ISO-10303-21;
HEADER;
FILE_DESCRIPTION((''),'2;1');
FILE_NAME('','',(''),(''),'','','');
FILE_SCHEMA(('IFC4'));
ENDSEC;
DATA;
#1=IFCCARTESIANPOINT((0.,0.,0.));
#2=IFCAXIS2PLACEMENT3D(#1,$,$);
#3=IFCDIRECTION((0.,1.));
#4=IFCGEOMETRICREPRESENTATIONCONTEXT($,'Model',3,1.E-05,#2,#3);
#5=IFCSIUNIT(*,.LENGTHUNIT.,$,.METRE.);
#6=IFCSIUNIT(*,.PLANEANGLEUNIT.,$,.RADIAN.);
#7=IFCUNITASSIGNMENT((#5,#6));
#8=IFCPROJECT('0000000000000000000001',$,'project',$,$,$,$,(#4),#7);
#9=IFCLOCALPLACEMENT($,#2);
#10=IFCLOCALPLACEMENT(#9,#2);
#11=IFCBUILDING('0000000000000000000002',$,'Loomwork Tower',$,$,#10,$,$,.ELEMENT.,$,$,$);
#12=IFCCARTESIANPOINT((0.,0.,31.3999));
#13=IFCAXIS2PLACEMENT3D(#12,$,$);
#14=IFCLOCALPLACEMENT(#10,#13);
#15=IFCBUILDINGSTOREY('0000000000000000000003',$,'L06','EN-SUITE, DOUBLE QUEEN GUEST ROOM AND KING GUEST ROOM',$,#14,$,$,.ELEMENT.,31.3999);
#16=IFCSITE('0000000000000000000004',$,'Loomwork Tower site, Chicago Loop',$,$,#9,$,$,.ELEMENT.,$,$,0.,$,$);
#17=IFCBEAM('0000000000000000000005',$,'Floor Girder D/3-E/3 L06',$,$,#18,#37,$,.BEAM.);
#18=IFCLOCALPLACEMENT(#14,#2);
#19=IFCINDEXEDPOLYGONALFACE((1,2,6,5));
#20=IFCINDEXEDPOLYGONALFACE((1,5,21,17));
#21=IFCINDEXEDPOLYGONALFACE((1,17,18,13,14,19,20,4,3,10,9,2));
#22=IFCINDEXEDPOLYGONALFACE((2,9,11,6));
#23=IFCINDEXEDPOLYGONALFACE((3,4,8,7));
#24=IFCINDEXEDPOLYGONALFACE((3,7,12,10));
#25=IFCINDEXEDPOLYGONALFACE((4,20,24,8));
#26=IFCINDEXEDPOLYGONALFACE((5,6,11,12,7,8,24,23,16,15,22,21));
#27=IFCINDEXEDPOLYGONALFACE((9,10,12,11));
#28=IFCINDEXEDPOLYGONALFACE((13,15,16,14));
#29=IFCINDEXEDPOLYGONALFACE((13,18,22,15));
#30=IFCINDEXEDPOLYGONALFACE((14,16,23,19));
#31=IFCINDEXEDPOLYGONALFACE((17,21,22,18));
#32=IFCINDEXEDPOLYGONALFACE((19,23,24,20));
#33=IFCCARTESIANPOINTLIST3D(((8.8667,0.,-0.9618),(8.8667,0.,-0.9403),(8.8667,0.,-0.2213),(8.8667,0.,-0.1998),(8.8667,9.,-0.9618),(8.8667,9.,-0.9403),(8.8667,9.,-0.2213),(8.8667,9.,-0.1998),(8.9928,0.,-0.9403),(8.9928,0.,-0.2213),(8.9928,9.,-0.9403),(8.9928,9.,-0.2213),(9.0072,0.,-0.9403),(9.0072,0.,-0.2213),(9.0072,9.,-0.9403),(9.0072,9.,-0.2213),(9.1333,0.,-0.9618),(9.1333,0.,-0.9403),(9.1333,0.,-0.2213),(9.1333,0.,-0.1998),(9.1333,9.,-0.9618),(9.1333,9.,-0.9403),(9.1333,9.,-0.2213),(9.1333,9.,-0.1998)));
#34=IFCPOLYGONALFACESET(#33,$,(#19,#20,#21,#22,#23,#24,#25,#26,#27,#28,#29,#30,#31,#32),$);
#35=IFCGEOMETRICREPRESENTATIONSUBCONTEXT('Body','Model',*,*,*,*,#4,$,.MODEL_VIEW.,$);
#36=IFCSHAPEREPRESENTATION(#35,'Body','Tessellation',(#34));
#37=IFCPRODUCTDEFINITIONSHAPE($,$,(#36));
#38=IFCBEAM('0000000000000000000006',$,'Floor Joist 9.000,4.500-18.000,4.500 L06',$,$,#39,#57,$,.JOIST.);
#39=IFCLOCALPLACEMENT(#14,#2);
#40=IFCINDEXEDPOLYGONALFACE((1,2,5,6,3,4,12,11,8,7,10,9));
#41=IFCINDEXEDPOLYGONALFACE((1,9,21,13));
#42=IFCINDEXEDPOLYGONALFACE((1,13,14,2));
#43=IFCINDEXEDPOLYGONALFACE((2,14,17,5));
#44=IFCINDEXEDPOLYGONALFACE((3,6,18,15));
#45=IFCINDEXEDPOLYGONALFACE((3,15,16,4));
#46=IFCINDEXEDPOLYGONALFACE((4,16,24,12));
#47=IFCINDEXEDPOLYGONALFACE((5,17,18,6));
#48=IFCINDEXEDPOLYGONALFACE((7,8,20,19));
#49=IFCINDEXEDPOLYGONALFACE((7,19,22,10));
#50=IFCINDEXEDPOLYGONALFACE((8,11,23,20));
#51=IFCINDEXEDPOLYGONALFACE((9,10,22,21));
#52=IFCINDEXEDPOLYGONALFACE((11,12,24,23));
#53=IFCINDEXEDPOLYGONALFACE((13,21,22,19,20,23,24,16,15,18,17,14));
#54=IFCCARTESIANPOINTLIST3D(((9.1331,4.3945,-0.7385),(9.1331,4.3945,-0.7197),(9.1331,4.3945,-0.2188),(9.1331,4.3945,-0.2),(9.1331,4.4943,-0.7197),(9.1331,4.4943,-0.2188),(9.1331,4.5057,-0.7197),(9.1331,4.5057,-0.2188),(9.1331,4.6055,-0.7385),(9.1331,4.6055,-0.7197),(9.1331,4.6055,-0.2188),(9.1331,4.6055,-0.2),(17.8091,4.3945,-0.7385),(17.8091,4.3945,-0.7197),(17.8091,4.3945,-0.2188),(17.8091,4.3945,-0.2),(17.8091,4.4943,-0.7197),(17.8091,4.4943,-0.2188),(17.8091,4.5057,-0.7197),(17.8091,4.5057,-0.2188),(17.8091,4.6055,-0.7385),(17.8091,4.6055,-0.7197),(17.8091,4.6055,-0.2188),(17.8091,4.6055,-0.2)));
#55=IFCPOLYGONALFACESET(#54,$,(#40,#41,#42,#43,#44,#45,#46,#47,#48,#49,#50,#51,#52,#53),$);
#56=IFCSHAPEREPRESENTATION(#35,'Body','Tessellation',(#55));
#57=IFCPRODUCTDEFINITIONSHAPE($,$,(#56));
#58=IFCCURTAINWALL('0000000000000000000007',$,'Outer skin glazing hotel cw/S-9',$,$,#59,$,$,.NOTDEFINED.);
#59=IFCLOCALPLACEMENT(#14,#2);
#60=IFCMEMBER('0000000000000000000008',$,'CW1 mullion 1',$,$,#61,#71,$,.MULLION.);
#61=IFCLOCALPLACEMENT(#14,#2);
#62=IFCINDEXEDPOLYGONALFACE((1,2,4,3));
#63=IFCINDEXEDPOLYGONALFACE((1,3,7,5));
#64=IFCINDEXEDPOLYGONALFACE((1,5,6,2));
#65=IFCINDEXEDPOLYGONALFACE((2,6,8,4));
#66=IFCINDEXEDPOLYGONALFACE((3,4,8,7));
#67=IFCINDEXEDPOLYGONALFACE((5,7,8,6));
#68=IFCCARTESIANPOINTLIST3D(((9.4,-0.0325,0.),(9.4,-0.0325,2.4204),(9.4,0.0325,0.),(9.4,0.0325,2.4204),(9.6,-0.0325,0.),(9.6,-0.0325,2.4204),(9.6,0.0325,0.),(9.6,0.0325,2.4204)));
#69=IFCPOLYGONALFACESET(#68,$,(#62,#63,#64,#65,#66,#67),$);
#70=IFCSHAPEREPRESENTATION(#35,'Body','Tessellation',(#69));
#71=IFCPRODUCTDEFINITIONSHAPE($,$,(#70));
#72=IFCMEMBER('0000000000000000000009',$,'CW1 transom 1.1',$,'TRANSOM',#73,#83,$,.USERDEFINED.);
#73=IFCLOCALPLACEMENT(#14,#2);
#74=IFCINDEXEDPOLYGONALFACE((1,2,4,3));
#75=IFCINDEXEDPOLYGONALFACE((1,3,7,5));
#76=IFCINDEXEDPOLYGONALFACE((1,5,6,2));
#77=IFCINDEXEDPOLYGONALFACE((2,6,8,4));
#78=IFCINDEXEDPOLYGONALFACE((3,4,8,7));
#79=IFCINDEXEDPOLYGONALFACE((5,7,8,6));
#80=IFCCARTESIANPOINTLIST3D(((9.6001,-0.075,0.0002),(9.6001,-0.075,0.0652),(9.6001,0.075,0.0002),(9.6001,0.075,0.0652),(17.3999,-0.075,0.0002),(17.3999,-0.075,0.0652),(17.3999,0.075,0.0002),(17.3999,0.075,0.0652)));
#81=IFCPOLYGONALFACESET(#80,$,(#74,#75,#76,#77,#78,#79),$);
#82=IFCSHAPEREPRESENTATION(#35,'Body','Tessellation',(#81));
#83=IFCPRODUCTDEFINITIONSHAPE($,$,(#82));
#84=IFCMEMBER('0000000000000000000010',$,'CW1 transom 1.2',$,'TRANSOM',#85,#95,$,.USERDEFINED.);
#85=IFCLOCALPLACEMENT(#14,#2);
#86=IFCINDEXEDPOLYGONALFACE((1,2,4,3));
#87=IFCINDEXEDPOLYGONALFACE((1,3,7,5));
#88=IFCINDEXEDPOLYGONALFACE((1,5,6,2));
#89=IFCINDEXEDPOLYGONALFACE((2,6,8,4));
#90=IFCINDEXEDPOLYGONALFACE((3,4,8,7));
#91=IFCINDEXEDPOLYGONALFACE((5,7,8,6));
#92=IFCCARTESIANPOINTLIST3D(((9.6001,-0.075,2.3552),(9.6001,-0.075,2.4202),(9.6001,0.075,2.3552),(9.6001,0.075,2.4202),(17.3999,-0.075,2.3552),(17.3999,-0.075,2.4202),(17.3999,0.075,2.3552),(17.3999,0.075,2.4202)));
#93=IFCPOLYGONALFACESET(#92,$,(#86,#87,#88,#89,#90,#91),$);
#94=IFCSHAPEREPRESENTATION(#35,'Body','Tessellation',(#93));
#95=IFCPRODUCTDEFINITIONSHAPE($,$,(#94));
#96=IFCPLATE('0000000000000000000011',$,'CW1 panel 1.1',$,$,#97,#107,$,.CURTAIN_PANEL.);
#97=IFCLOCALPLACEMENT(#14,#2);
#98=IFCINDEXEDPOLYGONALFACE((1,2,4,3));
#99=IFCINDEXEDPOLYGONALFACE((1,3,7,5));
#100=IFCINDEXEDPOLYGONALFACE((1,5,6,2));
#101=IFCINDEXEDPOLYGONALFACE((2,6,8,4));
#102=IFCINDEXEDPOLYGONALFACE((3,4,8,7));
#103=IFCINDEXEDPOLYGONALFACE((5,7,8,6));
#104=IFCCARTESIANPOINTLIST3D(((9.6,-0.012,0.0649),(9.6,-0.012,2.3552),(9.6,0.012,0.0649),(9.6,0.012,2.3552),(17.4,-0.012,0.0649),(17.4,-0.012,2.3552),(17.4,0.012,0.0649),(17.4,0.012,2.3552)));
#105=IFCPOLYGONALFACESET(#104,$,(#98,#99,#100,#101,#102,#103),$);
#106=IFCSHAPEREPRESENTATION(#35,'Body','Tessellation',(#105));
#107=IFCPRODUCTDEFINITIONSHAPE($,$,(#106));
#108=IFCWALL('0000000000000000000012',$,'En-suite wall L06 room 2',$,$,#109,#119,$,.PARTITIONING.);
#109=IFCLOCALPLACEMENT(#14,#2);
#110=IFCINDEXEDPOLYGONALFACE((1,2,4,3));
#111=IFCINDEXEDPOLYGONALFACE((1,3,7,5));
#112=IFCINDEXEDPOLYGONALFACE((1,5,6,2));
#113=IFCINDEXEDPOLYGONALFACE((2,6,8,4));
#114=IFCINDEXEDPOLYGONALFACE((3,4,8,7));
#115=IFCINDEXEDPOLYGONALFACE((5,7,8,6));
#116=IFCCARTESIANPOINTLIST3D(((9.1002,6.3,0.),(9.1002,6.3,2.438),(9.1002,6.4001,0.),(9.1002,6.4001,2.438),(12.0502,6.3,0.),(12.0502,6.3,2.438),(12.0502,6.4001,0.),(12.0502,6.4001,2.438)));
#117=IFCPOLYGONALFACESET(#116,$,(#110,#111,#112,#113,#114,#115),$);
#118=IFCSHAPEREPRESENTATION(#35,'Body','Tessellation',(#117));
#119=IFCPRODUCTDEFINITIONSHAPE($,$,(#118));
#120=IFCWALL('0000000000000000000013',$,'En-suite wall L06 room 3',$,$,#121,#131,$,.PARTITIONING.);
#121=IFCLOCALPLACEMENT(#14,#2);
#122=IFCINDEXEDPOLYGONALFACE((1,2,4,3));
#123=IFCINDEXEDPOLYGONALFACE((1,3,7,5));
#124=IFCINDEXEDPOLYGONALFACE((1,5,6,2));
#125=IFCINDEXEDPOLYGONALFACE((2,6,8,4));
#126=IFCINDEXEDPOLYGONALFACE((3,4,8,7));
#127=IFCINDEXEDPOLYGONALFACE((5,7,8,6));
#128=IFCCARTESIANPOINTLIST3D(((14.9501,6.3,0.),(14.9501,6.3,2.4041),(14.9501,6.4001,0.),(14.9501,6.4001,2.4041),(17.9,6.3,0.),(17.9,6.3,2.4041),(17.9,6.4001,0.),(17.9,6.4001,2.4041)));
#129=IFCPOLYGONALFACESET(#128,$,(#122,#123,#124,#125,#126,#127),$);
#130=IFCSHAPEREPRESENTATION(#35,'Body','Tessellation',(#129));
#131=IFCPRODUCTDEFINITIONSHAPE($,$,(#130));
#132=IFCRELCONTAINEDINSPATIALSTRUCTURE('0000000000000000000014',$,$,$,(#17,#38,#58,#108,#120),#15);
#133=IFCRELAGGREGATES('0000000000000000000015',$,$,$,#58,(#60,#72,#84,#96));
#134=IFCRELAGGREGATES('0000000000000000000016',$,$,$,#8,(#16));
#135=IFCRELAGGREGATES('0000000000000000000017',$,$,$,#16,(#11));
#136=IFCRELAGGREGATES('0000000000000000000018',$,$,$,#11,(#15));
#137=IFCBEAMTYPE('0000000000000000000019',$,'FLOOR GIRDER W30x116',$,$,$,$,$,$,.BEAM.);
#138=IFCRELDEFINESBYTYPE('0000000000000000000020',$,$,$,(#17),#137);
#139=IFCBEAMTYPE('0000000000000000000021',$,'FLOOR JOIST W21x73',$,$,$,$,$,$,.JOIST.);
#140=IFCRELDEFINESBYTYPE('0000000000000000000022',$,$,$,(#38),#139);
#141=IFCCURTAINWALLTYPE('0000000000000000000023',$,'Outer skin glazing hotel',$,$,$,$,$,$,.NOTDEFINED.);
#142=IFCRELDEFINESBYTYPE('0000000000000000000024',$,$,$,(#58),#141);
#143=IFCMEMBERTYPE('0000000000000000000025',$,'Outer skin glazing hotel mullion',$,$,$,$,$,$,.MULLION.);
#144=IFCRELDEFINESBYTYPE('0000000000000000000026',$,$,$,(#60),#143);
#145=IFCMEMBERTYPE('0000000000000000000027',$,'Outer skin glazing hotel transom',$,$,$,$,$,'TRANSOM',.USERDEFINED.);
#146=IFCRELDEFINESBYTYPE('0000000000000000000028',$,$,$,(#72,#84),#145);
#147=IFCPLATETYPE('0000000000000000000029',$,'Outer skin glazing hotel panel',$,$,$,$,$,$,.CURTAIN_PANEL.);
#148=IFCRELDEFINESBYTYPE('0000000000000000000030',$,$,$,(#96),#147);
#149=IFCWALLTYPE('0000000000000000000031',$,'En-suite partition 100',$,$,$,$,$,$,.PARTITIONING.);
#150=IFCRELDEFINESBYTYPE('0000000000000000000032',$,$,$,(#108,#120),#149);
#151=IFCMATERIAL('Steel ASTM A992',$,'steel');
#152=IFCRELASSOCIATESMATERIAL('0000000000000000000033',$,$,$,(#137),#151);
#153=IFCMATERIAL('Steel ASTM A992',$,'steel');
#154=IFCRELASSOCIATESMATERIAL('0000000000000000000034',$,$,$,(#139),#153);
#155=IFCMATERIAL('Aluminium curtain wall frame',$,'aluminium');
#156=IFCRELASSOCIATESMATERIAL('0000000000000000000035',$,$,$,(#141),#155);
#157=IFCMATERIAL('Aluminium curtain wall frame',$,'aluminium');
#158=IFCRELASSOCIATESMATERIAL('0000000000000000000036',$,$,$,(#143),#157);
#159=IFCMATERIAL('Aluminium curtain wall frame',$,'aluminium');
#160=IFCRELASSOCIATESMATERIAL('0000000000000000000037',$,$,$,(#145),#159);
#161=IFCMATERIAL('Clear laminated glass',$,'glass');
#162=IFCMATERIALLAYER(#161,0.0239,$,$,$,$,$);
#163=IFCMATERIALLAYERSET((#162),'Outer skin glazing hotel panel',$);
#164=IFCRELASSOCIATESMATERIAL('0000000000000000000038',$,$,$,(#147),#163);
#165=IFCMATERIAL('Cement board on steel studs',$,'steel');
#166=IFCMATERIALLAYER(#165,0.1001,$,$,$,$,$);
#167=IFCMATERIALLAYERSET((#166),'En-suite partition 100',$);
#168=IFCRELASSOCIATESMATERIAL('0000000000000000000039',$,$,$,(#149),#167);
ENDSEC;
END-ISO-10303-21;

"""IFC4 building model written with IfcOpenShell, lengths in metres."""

from ifc_helpers import new_model, si_unit, direction, frame, frame_2d, origin, origin_2d, place, context, subcontext, project, spatial, rectangle, i_section, extrude, material, layer, layer_set, material_profile, profile_set, type_object, element, aggregate, save


model = new_model("IFC4")

# Units and contexts
model_context = context("Model", 3, precision=1e-05, world=origin(), true_north=direction((0.0, 1.0)))
body_context = subcontext(model_context, "Body", "Model", "MODEL_VIEW")
ifc_project = project(units=[si_unit("LENGTHUNIT", "METRE"), si_unit("PLANEANGLEUNIT", "RADIAN")], contexts=[model_context])

# Site, building, storey
site_placement = place(None, origin())
site = spatial("IfcSite", under=ifc_project, at=site_placement, Name="Loomwork Tower site, Chicago Loop", CompositionType="ELEMENT", RefElevation=0.0)
building_placement = place(site_placement, origin())
building = spatial("IfcBuilding", under=site, at=building_placement, Name="Loomwork Tower", CompositionType="ELEMENT")
storey_placement = place(building_placement, frame((0.0, 0.0, 31.3999)))
storey = spatial("IfcBuildingStorey", under=building, at=storey_placement, Name="L06", Description="EN-SUITE, DOUBLE QUEEN GUEST ROOM AND KING GUEST ROOM", CompositionType="ELEMENT", Elevation=31.3999)

# Beams
ifc_material_1 = material(Name="Steel ASTM A992", Category="steel")
ifc_material_profile_1 = material_profile(ifc_material_1, i_section(OverallWidth=0.2666, OverallDepth=0.762, WebThickness=0.0144, FlangeThickness=0.0215, at=origin_2d()), Name="W30x116")
ifc_profile_set_1 = profile_set([ifc_material_profile_1], Name="Steel ASTM A992")
beam_type_1 = type_object("IfcBeamType", Name="FLOOR GIRDER W30x116", PredefinedType="BEAM", material=ifc_profile_set_1)
beam_1_placement = place(storey_placement, frame((9.0, 0.0, -0.5808), z_axis=(0.0, 1.0, 0.0), x_axis=(-1.0, 0.0, 0.0)))
element("IfcBeam", 1, at=beam_1_placement, inside=storey, type_object=beam_type_1, Name="Floor Girder D/3-E/3 L06", PredefinedType="BEAM", context=body_context, shape_type="SweptSolid", body=[
    extrude(i_section(OverallWidth=0.2666, OverallDepth=0.762, WebThickness=0.0144, FlangeThickness=0.0215, at=origin_2d()), origin(), (0.0, 0.0, 1.0), 9.0),
])
ifc_material_2 = material(Name="Steel ASTM A992", Category="steel")
ifc_material_profile_2 = material_profile(ifc_material_2, i_section(OverallWidth=0.2109, OverallDepth=0.5386, WebThickness=0.0115, FlangeThickness=0.0188, at=origin_2d()), Name="W21x73")
ifc_profile_set_2 = profile_set([ifc_material_profile_2], Name="Steel ASTM A992")
beam_type_2 = type_object("IfcBeamType", Name="FLOOR JOIST W21x73", PredefinedType="JOIST", material=ifc_profile_set_2)
beam_2_placement = place(storey_placement, frame((9.1331, 4.5, -0.4692), z_axis=(1.0, 0.0, 0.0), x_axis=(0.0, 1.0, 0.0)))
element("IfcBeam", 2, at=beam_2_placement, inside=storey, type_object=beam_type_2, Name="Floor Joist 9.000,4.500-18.000,4.500 L06", PredefinedType="JOIST", context=body_context, shape_type="SweptSolid", body=[
    extrude(i_section(OverallWidth=0.2109, OverallDepth=0.5386, WebThickness=0.0115, FlangeThickness=0.0188, at=origin_2d()), origin(), (0.0, 0.0, 1.0), 8.676),
])

# Curtain wall, members, plate
ifc_material_3 = material(Name="Aluminium curtain wall frame", Category="aluminium")
curtain_wall_type = type_object("IfcCurtainWallType", Name="Outer skin glazing hotel", PredefinedType="NOTDEFINED", material=ifc_material_3)
curtain_wall_placement = place(storey_placement, origin())
curtain_wall = element("IfcCurtainWall", 3, at=curtain_wall_placement, inside=storey, type_object=curtain_wall_type, Name="Outer skin glazing hotel cw/S-9", PredefinedType="NOTDEFINED")
ifc_material_4 = material(Name="Aluminium curtain wall frame", Category="aluminium")
ifc_material_profile_3 = material_profile(ifc_material_4, rectangle(XDim=0.0649, YDim=0.2, at=origin_2d()), Name="AL 65x200")
ifc_profile_set_3 = profile_set([ifc_material_profile_3], Name="Aluminium curtain wall frame")
member_type_1 = type_object("IfcMemberType", Name="Outer skin glazing hotel mullion", PredefinedType="MULLION", material=ifc_profile_set_3)
member_1_placement = place(storey_placement, frame((9.5, 0.0, 0.0), z_axis=(0.0, 0.0, 1.0), x_axis=(0.0, 1.0, 0.0)))
member_1 = element("IfcMember", 4, at=member_1_placement, type_object=member_type_1, Name="CW1 mullion 1", PredefinedType="MULLION", context=body_context, shape_type="SweptSolid", body=[
    extrude(rectangle(XDim=0.0649, YDim=0.2, at=origin_2d()), origin(), (0.0, 0.0, 1.0), 2.4204),
])
ifc_material_5 = material(Name="Aluminium curtain wall frame", Category="aluminium")
ifc_material_profile_4 = material_profile(ifc_material_5, rectangle(XDim=0.1499, YDim=0.0649, at=origin_2d()), Name="AL 65x150")
ifc_profile_set_4 = profile_set([ifc_material_profile_4], Name="Aluminium curtain wall frame")
member_type_2 = type_object("IfcMemberType", Name="Outer skin glazing hotel transom", ElementType="TRANSOM", PredefinedType="USERDEFINED", material=ifc_profile_set_4)
member_2_placement = place(storey_placement, frame((9.6001, 0.0, 0.0327), z_axis=(1.0, 0.0, 0.0), x_axis=(0.0, 1.0, 0.0)))
member_2 = element("IfcMember", 5, at=member_2_placement, type_object=member_type_2, Name="CW1 transom 1.1", ObjectType="TRANSOM", PredefinedType="USERDEFINED", context=body_context, shape_type="SweptSolid", body=[
    extrude(rectangle(XDim=0.1499, YDim=0.0649, at=origin_2d()), origin(), (0.0, 0.0, 1.0), 7.7998),
])
member_3_placement = place(storey_placement, frame((9.6001, 0.0, 2.3877), z_axis=(1.0, 0.0, 0.0), x_axis=(0.0, 1.0, 0.0)))
member_3 = element("IfcMember", 6, at=member_3_placement, type_object=member_type_2, Name="CW1 transom 1.2", ObjectType="TRANSOM", PredefinedType="USERDEFINED", context=body_context, shape_type="SweptSolid", body=[
    extrude(rectangle(XDim=0.1499, YDim=0.0649, at=origin_2d()), origin(), (0.0, 0.0, 1.0), 7.7998),
])
ifc_material_6 = material(Name="Clear laminated glass", Category="glass")
ifc_layer_1 = layer(ifc_material_6, 0.0239)
ifc_layer_set_1 = layer_set([ifc_layer_1], Name="Outer skin glazing hotel panel")
plate_type = type_object("IfcPlateType", Name="Outer skin glazing hotel panel", PredefinedType="CURTAIN_PANEL", material=ifc_layer_set_1)
plate_placement = place(storey_placement, frame((13.5, 0.0, 0.0649), z_axis=(0.0, 0.0, 1.0), x_axis=(1.0, 0.0, 0.0)))
plate = element("IfcPlate", 7, at=plate_placement, type_object=plate_type, Name="CW1 panel 1.1", PredefinedType="CURTAIN_PANEL", context=body_context, shape_type="SweptSolid", body=[
    extrude(rectangle(XDim=7.8, YDim=0.0239, at=origin_2d()), origin(), (0.0, 0.0, 1.0), 2.2903),
])
aggregate(curtain_wall, [member_1, member_2, member_3, plate])

# Walls
ifc_material_7 = material(Name="Cement board on steel studs", Category="steel")
ifc_layer_2 = layer(ifc_material_7, 0.1001)
ifc_layer_set_2 = layer_set([ifc_layer_2], Name="En-suite partition 100")
wall_type_1 = type_object("IfcWallType", Name="En-suite partition 100", PredefinedType="PARTITIONING", material=ifc_layer_set_2)
wall_1_placement = place(storey_placement, frame((9.1001, 6.3501, 0.0), z_axis=(0.0, 0.0, 1.0), x_axis=(1.0, 0.0, 0.0)))
element("IfcWall", 8, at=wall_1_placement, inside=storey, type_object=wall_type_1, Name="En-suite wall L06 room 2", PredefinedType="PARTITIONING", context=body_context, shape_type="SweptSolid", body=[
    extrude(rectangle(XDim=2.95, YDim=0.1001, at=frame_2d((1.4751, 0.0))), origin(), (0.0, 0.0, 1.0), 2.438),
])
wall_2_placement = place(storey_placement, frame((14.95, 6.3501, 0.0), z_axis=(0.0, 0.0, 1.0), x_axis=(1.0, 0.0, 0.0)))
element("IfcWall", 9, at=wall_2_placement, inside=storey, type_object=wall_type_1, Name="En-suite wall L06 room 3", PredefinedType="PARTITIONING", context=body_context, shape_type="SweptSolid", body=[
    extrude(rectangle(XDim=2.95, YDim=0.1001, at=frame_2d((1.4751, 0.0))), origin(), (0.0, 0.0, 1.0), 2.4041),
])

save(model, "model.ifc")
